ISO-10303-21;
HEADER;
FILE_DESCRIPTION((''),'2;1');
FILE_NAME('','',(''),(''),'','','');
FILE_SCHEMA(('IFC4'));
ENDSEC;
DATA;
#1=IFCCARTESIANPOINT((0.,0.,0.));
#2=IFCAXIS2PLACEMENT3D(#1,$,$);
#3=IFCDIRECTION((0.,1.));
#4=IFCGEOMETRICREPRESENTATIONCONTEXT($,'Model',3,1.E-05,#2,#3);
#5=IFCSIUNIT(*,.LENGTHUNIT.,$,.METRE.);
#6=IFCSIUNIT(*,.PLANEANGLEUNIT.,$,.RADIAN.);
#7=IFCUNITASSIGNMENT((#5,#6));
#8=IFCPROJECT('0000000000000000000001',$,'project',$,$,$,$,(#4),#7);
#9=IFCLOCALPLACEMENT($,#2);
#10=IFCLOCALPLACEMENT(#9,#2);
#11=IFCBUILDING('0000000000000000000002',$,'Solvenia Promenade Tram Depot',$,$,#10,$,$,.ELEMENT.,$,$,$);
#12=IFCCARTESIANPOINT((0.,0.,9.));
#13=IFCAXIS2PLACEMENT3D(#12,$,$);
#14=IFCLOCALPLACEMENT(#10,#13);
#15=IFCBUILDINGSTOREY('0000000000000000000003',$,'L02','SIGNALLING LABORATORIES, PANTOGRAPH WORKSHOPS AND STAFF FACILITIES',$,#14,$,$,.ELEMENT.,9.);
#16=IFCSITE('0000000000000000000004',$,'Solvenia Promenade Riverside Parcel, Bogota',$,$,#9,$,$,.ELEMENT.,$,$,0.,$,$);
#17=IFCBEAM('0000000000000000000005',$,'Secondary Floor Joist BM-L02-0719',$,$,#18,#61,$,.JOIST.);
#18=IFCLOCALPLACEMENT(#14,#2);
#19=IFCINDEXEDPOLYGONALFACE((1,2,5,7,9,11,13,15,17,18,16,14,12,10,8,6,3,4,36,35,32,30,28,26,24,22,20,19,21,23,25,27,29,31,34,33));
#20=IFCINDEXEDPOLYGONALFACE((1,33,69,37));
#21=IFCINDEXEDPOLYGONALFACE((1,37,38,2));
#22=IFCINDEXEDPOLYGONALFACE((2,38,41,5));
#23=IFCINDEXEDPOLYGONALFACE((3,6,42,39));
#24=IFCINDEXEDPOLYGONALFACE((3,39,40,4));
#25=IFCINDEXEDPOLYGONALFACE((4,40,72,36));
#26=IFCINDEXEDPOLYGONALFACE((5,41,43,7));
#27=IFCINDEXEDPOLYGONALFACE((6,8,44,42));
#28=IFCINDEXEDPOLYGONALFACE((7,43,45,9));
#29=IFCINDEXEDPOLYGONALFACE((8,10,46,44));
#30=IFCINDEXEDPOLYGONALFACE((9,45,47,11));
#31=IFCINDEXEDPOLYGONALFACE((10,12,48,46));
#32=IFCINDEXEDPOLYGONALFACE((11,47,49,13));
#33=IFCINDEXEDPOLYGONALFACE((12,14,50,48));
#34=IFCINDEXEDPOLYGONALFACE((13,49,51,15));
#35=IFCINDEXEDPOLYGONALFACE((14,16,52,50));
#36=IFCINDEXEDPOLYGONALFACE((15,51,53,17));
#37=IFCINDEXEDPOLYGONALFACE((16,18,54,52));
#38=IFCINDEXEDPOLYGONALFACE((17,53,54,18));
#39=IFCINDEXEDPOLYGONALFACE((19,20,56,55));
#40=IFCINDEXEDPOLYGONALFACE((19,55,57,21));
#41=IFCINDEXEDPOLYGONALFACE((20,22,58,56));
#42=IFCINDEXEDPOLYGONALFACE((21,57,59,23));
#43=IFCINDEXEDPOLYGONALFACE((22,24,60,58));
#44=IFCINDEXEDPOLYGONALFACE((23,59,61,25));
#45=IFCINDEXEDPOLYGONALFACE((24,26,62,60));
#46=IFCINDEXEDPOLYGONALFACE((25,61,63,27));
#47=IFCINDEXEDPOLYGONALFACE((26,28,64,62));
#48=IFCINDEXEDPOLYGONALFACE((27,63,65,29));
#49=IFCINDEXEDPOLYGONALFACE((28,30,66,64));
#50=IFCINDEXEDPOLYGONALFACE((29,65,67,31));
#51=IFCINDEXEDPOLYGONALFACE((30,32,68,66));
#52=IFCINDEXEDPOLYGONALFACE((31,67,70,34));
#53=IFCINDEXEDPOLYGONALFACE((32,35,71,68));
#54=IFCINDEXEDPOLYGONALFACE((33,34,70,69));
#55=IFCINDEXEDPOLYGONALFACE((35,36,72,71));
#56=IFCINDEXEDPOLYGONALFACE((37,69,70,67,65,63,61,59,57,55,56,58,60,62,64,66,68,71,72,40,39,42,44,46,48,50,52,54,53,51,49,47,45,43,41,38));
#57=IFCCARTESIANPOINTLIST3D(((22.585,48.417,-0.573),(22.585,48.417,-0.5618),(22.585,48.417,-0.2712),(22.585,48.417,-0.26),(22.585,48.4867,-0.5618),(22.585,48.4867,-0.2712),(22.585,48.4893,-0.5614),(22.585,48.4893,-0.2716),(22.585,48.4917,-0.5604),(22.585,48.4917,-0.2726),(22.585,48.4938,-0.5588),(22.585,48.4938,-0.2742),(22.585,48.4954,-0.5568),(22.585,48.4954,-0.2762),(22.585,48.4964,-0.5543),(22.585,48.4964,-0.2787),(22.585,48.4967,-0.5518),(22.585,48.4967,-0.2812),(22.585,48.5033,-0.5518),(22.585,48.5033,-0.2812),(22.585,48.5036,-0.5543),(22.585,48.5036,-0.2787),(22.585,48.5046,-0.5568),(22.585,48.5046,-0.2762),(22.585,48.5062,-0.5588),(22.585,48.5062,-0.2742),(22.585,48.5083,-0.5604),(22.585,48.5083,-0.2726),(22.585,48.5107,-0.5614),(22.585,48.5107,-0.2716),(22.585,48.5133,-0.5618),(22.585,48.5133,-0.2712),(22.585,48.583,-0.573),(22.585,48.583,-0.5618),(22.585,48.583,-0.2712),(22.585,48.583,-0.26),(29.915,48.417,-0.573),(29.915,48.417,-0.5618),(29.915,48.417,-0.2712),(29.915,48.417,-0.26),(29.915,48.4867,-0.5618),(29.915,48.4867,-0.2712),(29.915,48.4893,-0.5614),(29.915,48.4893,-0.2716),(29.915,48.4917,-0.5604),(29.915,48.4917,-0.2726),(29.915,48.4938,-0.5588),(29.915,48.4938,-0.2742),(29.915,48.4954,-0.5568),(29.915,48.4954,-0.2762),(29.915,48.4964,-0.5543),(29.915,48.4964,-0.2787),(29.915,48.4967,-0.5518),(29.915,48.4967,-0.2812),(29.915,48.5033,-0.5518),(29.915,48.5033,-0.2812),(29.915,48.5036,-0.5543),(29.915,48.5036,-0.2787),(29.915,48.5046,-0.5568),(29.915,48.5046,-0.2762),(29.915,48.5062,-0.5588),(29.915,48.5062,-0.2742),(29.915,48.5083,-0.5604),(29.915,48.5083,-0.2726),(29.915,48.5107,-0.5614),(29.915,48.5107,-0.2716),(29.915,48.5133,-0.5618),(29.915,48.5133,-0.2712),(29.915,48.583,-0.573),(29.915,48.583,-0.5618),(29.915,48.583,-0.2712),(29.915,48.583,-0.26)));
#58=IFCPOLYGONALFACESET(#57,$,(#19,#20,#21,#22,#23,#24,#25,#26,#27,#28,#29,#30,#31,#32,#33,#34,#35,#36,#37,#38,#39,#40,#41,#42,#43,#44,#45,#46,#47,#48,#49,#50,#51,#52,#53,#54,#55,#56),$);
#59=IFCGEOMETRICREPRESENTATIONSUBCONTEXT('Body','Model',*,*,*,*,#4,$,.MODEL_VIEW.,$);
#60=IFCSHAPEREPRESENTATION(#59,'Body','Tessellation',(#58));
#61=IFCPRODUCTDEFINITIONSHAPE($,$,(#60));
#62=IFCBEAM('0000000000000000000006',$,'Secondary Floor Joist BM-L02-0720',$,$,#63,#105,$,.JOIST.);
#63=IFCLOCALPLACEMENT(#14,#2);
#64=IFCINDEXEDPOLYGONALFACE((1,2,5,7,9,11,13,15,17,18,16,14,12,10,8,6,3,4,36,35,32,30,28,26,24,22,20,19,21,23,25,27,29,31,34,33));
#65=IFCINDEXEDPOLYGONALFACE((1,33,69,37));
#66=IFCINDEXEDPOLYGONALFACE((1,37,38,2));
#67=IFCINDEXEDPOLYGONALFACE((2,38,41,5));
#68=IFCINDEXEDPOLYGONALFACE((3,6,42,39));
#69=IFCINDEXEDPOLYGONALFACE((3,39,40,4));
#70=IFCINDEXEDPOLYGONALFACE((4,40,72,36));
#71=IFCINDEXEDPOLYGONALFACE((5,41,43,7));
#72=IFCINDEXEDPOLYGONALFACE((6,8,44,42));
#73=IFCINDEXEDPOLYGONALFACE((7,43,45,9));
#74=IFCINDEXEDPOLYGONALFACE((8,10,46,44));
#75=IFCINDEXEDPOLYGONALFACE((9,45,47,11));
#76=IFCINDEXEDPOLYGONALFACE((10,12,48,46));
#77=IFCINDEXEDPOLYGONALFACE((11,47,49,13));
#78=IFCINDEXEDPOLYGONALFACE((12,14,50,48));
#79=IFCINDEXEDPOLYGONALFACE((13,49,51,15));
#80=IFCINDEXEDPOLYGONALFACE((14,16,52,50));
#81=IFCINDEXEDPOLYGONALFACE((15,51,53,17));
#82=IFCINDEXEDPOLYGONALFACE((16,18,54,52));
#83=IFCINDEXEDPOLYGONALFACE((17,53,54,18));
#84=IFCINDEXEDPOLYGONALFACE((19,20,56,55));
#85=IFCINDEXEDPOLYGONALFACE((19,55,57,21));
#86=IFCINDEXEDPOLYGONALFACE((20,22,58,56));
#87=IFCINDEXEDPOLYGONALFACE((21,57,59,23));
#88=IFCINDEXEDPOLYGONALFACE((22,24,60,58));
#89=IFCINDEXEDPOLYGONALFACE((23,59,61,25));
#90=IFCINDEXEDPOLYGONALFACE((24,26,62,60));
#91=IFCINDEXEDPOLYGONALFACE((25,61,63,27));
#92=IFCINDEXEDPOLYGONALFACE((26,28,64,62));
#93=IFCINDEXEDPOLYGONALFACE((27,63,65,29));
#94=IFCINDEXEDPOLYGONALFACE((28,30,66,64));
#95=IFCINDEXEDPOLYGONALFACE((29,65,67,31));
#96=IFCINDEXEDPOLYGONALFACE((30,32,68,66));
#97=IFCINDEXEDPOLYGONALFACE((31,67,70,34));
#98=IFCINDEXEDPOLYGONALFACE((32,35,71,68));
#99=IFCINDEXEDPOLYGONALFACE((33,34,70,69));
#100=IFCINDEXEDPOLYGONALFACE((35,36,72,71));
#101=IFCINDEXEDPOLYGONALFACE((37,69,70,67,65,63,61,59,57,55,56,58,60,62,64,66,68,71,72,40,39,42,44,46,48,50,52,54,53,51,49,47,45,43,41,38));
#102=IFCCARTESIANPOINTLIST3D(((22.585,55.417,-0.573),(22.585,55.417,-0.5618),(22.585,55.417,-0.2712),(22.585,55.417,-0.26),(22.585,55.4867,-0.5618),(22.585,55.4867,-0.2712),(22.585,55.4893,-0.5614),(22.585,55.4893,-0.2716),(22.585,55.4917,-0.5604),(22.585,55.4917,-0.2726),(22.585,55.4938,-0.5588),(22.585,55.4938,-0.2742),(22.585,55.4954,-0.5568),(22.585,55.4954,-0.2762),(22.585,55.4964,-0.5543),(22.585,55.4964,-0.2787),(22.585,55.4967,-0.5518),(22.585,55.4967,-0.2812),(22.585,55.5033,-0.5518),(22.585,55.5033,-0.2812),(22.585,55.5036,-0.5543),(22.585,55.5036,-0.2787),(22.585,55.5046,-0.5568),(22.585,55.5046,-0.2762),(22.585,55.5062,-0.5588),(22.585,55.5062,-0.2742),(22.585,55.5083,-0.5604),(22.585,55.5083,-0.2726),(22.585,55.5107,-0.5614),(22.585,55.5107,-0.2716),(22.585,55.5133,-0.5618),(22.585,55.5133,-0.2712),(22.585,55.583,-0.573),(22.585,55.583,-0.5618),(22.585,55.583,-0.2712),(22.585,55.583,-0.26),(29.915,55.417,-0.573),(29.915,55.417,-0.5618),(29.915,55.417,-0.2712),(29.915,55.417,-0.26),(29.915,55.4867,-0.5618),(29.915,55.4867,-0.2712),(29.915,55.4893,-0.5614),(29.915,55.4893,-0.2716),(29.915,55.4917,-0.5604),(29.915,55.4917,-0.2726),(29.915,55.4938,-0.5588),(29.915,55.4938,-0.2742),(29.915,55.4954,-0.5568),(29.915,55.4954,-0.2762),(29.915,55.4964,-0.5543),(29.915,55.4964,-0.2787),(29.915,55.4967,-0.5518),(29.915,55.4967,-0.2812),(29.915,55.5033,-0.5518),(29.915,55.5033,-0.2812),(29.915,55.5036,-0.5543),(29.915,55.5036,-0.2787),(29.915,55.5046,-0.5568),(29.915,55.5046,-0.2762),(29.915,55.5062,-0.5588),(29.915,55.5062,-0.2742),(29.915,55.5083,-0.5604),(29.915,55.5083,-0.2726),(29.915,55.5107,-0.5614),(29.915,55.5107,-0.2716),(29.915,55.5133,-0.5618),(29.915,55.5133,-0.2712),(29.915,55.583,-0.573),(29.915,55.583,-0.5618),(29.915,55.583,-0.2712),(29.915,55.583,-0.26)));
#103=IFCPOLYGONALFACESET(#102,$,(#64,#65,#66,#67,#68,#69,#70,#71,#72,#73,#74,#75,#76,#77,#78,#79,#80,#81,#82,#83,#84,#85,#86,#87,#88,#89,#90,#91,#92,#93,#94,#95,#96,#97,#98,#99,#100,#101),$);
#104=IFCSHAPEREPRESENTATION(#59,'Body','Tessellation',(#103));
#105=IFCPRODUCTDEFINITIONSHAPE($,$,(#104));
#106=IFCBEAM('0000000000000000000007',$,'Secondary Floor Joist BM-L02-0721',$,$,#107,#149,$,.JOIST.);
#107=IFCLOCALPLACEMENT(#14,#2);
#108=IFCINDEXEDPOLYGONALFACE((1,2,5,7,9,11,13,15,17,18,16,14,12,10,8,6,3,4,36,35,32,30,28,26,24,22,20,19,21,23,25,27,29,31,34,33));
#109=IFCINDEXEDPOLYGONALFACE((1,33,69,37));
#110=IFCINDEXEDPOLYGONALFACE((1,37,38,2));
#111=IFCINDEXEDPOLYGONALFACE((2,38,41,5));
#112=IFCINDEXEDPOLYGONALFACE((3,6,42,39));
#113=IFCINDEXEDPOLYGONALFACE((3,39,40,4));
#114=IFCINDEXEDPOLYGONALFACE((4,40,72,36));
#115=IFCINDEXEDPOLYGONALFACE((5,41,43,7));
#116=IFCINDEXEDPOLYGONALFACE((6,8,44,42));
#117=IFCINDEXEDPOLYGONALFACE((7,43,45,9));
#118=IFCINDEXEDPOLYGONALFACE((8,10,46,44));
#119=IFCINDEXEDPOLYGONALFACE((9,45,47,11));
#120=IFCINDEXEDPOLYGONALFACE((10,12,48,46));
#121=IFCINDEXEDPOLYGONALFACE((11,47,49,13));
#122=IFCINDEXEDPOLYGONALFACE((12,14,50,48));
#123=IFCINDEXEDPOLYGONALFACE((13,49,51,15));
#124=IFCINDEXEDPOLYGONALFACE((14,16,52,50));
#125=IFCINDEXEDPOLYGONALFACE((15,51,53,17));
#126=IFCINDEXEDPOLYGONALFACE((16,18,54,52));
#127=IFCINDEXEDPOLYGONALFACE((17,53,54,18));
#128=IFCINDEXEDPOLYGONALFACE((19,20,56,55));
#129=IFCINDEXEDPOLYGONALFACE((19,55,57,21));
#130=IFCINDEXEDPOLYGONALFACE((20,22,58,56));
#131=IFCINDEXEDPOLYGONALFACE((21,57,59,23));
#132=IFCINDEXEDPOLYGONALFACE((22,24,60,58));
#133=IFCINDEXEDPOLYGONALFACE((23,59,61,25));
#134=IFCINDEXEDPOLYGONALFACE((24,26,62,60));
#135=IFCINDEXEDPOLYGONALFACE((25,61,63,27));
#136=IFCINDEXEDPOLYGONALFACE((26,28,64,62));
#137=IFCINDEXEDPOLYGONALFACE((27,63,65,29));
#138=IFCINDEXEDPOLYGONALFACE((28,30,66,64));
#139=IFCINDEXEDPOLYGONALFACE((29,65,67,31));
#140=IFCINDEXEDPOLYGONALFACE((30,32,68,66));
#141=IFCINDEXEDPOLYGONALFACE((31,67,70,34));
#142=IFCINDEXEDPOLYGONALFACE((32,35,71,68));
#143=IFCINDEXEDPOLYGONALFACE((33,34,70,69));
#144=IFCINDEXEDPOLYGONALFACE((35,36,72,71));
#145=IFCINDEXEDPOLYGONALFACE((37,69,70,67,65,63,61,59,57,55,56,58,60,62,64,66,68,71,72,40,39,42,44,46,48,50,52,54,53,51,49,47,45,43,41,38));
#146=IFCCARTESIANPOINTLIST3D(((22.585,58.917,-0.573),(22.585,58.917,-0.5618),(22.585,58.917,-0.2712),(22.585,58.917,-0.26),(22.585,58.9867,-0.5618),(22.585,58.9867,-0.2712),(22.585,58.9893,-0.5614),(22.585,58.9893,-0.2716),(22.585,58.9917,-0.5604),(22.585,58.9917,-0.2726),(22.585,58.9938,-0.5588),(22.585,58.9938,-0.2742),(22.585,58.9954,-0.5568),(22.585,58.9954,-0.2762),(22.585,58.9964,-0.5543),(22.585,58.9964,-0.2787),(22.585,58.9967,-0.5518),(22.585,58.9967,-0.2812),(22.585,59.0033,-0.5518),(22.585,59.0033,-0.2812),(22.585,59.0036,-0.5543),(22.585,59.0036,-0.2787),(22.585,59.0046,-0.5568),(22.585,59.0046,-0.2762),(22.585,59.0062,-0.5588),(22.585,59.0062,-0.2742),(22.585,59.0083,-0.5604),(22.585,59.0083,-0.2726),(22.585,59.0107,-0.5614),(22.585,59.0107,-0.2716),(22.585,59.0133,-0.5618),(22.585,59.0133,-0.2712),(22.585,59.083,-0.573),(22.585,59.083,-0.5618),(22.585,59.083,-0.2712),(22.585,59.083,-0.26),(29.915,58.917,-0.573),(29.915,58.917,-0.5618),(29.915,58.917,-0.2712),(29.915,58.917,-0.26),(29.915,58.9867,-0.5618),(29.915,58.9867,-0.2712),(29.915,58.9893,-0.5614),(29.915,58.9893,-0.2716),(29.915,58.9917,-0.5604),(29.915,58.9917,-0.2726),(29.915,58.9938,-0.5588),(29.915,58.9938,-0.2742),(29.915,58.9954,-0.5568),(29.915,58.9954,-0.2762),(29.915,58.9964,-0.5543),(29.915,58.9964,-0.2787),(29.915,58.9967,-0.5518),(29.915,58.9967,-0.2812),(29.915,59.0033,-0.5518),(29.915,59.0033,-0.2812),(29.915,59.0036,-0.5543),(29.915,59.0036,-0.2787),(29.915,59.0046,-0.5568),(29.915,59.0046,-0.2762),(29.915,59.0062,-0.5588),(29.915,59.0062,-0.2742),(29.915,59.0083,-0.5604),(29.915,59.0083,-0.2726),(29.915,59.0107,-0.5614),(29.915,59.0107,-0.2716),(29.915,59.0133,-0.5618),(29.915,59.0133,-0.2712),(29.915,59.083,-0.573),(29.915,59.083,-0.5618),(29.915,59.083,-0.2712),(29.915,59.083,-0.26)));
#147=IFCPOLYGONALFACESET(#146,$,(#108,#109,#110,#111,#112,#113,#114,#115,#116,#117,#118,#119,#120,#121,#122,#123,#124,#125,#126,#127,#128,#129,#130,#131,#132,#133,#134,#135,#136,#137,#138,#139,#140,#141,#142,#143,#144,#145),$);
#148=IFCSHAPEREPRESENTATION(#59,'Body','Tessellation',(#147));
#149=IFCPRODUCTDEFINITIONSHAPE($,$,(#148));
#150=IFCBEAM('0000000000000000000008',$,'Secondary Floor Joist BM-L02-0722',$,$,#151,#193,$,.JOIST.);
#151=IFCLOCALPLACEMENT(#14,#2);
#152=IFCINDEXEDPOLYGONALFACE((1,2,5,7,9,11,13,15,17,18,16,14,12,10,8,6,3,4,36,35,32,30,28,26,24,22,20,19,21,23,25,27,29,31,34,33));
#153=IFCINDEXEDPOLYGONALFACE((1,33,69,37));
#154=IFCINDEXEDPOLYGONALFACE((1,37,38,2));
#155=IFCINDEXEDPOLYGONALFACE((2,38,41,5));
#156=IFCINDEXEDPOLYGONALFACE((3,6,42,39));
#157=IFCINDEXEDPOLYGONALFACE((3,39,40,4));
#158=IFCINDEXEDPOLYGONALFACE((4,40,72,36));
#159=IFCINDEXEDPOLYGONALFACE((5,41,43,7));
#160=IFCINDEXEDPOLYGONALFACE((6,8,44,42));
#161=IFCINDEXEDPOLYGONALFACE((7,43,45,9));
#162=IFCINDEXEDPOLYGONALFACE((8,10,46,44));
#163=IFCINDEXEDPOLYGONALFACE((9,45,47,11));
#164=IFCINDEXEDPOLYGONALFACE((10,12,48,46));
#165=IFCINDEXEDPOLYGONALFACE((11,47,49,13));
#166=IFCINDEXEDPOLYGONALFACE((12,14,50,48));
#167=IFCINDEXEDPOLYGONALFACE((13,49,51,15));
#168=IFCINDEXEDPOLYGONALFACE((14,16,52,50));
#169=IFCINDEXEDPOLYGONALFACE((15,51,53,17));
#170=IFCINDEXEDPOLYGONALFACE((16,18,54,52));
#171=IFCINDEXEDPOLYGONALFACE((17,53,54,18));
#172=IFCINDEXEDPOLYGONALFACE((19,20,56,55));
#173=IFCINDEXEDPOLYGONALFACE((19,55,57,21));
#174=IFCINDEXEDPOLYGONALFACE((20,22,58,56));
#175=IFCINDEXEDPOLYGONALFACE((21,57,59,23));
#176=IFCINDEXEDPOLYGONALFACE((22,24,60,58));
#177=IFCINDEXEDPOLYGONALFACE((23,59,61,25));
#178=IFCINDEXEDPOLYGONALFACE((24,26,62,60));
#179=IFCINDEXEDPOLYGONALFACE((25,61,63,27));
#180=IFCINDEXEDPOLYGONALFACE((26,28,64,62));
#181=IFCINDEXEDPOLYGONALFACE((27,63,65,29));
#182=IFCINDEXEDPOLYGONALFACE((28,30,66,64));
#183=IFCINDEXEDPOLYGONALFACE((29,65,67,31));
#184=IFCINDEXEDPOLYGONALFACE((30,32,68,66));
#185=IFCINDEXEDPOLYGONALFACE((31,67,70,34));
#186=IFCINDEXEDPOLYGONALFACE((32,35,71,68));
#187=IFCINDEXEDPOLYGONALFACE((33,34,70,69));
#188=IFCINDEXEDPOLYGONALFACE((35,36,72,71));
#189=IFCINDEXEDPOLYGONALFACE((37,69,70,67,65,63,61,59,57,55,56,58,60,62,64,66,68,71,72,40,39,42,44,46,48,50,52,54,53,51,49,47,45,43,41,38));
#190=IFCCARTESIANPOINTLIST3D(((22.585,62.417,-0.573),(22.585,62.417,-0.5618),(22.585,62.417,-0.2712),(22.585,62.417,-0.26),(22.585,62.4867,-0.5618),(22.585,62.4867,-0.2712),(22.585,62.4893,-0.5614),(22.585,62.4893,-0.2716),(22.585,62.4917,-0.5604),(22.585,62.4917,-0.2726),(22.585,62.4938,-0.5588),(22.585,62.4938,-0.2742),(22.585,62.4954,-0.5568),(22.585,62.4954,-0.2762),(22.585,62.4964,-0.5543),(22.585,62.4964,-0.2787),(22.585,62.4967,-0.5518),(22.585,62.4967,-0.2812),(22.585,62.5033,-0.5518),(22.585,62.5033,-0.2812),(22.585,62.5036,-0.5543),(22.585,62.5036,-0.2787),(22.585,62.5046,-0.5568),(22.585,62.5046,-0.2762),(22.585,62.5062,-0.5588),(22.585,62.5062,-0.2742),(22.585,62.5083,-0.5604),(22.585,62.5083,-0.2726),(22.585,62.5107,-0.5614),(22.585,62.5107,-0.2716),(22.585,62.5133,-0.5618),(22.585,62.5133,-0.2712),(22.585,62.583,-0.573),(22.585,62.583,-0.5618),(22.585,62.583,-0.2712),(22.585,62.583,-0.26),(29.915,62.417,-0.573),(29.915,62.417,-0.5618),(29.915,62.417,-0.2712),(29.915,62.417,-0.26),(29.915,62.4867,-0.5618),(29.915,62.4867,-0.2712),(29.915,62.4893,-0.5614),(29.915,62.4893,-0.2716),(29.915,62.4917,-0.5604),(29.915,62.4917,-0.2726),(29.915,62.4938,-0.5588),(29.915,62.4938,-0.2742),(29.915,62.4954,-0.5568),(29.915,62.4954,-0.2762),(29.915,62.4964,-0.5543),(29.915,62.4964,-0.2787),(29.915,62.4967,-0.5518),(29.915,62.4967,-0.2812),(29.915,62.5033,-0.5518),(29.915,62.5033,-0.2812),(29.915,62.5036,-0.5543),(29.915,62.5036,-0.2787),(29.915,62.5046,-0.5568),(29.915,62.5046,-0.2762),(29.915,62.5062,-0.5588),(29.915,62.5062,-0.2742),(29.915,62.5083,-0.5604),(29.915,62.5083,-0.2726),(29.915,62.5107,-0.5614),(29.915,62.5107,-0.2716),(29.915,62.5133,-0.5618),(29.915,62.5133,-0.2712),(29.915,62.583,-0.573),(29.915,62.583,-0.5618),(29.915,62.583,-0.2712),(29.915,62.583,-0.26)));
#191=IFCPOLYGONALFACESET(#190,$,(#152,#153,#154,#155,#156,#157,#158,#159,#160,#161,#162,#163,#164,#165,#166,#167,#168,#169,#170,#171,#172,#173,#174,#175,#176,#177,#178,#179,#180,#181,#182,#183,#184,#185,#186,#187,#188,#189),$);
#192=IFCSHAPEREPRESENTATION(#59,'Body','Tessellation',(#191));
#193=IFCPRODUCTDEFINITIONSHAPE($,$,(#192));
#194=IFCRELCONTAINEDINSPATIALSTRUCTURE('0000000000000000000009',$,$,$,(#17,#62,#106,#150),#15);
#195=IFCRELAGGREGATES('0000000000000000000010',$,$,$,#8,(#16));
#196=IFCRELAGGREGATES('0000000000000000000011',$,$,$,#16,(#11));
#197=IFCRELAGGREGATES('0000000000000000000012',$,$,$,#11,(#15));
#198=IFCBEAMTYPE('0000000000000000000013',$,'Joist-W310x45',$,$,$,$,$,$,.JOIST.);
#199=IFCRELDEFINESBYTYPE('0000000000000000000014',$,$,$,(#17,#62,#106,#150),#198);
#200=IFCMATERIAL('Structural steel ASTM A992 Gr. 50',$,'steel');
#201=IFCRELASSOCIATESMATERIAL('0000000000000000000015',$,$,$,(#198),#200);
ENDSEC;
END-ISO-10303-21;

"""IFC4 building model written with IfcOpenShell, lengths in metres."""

from ifc_helpers import new_model, si_unit, direction, frame, origin, origin_2d, place, context, subcontext, project, spatial, i_section, extrude, material, material_profile, profile_set, type_object, element, save


model = new_model("IFC4")

# Units and contexts
model_context = context("Model", 3, precision=1e-05, world=origin(), true_north=direction((0.0, 1.0)))
body_context = subcontext(model_context, "Body", "Model", "MODEL_VIEW")
ifc_project = project(units=[si_unit("LENGTHUNIT", "METRE"), si_unit("PLANEANGLEUNIT", "RADIAN")], contexts=[model_context])

# Site, building, storey
site_placement = place(None, origin())
site = spatial("IfcSite", under=ifc_project, at=site_placement, Name="Solvenia Promenade Riverside Parcel, Bogota", CompositionType="ELEMENT", RefElevation=0.0)
building_placement = place(site_placement, origin())
building = spatial("IfcBuilding", under=site, at=building_placement, Name="Solvenia Promenade Tram Depot", CompositionType="ELEMENT")
storey_placement = place(building_placement, frame((0.0, 0.0, 9.0)))
storey = spatial("IfcBuildingStorey", under=building, at=storey_placement, Name="L02", Description="SIGNALLING LABORATORIES, PANTOGRAPH WORKSHOPS AND STAFF FACILITIES", CompositionType="ELEMENT", Elevation=9.0)

# Beams
ifc_material = material(Name="Structural steel ASTM A992 Gr. 50", Category="steel")
ifc_material_profile_1 = material_profile(ifc_material, i_section(OverallWidth=0.166, OverallDepth=0.313, WebThickness=0.0066, FlangeThickness=0.0112, FilletRadius=0.01, at=origin_2d()), Name="W310x45", Category="steel")
ifc_profile_set_1 = profile_set([ifc_material_profile_1], Name="Structural steel ASTM A992 Gr. 50")
beam_type_1 = type_object("IfcBeamType", Name="Joist-W310x45", PredefinedType="JOIST", material=ifc_profile_set_1)
for number, where, z_axis, x_axis, name in (
    (1, (22.585, 48.5, -0.4165), (1.0, 0.0, 0.0), (0.0, 1.0, 0.0), "Secondary Floor Joist BM-L02-0719"),
    (2, (22.585, 55.5, -0.4165), (1.0, 0.0, 0.0), (0.0, 1.0, 0.0), "Secondary Floor Joist BM-L02-0720"),
    (3, (22.585, 59.0, -0.4165), (1.0, 0.0, 0.0), (0.0, 1.0, 0.0), "Secondary Floor Joist BM-L02-0721"),
    (4, (22.585, 62.5, -0.4165), (1.0, 0.0, 0.0), (0.0, 1.0, 0.0), "Secondary Floor Joist BM-L02-0722"),
):
    element("IfcBeam", number, at=place(storey_placement, frame(where, z_axis=z_axis, x_axis=x_axis)), inside=storey, type_object=beam_type_1, Name=name, PredefinedType="JOIST", context=body_context, shape_type="SweptSolid", body=[
        extrude(i_section(OverallWidth=0.166, OverallDepth=0.313, WebThickness=0.0066, FlangeThickness=0.0112, FilletRadius=0.01, at=origin_2d()), origin(), (0.0, 0.0, 1.0), 7.3301),
    ])

save(model, "model.ifc")
